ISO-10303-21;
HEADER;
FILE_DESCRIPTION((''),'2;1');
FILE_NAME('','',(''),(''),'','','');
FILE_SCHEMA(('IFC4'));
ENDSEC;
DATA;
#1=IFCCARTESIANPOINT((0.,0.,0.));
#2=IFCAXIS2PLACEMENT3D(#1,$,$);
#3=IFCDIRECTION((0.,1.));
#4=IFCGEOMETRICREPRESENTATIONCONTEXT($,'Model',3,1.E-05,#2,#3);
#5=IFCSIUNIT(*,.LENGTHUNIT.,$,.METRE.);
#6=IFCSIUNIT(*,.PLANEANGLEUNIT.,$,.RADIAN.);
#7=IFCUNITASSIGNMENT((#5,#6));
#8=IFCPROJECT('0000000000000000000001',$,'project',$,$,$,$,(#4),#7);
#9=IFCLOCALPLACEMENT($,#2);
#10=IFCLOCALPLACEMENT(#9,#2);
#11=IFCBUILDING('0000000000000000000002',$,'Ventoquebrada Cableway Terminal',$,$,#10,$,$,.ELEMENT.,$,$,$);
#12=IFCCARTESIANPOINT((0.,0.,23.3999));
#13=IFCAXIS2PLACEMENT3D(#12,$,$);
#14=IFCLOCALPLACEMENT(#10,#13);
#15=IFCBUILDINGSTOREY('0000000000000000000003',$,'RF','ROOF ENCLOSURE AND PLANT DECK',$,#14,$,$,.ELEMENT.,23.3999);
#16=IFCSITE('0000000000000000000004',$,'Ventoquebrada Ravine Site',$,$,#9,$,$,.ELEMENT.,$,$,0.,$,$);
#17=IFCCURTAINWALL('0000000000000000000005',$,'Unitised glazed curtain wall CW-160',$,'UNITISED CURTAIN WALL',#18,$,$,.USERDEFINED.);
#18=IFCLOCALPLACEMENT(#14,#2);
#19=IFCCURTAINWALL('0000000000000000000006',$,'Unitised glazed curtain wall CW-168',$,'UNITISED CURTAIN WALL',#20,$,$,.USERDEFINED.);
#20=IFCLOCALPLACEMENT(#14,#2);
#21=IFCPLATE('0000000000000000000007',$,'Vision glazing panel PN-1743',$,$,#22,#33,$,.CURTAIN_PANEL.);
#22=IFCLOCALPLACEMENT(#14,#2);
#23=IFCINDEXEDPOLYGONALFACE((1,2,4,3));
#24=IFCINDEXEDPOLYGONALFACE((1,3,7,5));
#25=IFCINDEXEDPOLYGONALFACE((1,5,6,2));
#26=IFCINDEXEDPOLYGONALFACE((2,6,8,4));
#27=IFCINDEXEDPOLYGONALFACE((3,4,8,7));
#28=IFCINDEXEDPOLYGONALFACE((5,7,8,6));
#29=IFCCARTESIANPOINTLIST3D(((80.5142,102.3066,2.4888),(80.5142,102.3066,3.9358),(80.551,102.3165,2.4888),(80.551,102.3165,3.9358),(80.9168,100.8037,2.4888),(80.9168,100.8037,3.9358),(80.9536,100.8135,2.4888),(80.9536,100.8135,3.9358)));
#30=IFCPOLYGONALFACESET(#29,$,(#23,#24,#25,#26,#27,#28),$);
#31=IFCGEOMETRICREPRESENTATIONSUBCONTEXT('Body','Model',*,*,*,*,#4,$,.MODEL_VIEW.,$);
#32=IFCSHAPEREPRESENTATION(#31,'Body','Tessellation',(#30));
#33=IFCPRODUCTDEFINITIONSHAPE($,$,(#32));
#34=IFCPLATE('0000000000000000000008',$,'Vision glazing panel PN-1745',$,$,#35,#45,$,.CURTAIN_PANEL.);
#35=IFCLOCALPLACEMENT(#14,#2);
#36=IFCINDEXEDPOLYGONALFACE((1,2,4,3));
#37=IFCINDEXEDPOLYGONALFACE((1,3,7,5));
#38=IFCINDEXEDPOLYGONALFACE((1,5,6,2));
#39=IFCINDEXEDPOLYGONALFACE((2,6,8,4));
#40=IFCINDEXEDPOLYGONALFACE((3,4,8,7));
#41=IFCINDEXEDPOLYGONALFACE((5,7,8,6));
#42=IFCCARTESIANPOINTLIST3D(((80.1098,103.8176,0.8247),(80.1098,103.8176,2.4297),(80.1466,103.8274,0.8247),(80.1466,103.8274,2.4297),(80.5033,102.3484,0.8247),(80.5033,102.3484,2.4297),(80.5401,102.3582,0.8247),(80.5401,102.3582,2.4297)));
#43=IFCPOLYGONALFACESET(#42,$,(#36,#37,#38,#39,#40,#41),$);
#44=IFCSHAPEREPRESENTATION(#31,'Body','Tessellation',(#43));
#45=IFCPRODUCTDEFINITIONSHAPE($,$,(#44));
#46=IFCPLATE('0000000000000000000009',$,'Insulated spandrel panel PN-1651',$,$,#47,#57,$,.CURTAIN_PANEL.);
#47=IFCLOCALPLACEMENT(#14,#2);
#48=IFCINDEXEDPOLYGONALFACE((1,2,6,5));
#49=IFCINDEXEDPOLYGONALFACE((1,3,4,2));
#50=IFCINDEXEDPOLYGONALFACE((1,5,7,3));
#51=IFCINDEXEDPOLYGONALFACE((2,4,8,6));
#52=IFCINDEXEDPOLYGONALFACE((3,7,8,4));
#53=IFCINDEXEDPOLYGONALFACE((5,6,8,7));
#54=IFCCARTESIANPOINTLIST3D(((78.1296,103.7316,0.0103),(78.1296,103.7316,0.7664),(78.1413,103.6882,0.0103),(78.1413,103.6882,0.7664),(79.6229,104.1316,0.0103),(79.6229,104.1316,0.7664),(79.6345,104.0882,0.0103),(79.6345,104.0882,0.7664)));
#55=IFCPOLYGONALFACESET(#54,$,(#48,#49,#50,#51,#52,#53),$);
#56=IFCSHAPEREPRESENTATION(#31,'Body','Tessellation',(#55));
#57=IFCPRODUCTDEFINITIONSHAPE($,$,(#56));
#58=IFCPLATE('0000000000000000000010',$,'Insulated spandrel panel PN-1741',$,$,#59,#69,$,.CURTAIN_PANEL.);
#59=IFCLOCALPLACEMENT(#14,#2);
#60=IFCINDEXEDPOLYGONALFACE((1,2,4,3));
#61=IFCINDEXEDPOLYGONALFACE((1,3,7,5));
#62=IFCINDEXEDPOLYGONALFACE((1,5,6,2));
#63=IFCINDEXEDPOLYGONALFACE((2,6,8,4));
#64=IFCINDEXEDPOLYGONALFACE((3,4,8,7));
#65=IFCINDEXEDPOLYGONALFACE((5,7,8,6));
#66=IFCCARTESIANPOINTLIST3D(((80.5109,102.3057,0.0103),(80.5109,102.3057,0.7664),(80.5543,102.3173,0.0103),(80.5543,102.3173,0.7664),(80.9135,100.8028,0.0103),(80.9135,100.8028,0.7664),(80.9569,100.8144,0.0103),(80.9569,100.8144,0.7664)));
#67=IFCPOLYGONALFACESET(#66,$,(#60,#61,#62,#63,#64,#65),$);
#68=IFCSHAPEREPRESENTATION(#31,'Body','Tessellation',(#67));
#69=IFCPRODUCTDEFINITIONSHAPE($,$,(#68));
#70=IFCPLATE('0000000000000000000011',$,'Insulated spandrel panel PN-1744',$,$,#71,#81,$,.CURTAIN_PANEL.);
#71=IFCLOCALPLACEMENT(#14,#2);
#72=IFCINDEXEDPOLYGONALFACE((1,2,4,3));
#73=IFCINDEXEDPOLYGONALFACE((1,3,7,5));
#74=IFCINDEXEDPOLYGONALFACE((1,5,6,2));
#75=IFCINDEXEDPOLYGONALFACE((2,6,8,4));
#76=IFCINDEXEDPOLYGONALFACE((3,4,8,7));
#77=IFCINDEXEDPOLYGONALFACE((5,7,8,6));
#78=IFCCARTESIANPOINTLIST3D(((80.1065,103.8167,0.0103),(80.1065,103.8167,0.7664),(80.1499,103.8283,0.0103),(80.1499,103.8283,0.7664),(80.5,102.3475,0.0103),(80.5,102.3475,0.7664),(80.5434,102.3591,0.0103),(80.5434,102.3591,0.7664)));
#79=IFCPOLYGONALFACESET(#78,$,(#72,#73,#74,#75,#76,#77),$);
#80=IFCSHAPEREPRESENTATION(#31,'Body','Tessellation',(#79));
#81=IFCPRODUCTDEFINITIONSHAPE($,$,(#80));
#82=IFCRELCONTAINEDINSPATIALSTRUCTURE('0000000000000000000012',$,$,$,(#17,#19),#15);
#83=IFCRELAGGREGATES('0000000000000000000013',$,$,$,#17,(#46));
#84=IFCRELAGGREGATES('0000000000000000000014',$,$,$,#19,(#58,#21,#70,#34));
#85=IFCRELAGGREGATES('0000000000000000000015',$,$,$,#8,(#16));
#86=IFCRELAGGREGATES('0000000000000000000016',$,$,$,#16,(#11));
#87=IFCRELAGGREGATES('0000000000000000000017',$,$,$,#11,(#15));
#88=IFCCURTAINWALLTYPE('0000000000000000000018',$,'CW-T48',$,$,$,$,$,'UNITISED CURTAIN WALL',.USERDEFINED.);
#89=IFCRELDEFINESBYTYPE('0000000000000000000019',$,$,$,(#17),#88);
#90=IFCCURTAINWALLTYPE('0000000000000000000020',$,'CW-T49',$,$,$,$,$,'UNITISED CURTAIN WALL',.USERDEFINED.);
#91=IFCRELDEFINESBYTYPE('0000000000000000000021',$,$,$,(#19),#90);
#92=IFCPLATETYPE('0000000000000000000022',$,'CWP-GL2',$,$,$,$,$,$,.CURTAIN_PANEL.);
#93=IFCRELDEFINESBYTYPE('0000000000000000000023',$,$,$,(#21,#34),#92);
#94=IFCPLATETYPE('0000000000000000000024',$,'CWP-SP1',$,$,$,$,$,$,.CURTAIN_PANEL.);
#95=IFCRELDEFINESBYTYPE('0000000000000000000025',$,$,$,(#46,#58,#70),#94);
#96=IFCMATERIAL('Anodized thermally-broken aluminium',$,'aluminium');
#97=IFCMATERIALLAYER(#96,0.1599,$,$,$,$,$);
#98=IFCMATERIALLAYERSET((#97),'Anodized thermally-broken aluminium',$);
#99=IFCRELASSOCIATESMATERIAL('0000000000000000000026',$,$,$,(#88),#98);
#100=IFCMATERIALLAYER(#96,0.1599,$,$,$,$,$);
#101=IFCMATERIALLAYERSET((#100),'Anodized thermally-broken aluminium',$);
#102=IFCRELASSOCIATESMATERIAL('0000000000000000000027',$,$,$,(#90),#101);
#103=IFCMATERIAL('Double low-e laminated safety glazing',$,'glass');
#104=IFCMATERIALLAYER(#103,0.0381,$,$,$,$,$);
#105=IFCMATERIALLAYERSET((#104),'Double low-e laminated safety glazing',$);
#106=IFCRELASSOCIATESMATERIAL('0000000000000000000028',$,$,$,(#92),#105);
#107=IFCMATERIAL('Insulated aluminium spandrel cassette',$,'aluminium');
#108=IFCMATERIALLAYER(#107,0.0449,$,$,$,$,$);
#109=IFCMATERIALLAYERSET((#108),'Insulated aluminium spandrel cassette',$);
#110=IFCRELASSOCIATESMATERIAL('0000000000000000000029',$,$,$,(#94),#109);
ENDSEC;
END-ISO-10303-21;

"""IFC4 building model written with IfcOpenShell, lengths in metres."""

from ifc_helpers import new_model, si_unit, direction, frame, origin, origin_2d, place, context, subcontext, project, spatial, rectangle, extrude, material, layer, layer_set, type_object, element, aggregate, save


model = new_model("IFC4")

# Units and contexts
model_context = context("Model", 3, precision=1e-05, world=origin(), true_north=direction((0.0, 1.0)))
body_context = subcontext(model_context, "Body", "Model", "MODEL_VIEW")
ifc_project = project(units=[si_unit("LENGTHUNIT", "METRE"), si_unit("PLANEANGLEUNIT", "RADIAN")], contexts=[model_context])

# Site, building, storey
site_placement = place(None, origin())
site = spatial("IfcSite", under=ifc_project, at=site_placement, Name="Ventoquebrada Ravine Site", CompositionType="ELEMENT", RefElevation=0.0)
building_placement = place(site_placement, origin())
building = spatial("IfcBuilding", under=site, at=building_placement, Name="Ventoquebrada Cableway Terminal", CompositionType="ELEMENT")
storey_placement = place(building_placement, frame((0.0, 0.0, 23.3999)))
storey = spatial("IfcBuildingStorey", under=building, at=storey_placement, Name="RF", Description="ROOF ENCLOSURE AND PLANT DECK", CompositionType="ELEMENT", Elevation=23.3999)

# Curtain wall
ifc_material_1 = material(Name="Anodized thermally-broken aluminium", Category="aluminium")
ifc_layer_1 = layer(ifc_material_1, 0.1599)
ifc_layer_set_1 = layer_set([ifc_layer_1], Name="Anodized thermally-broken aluminium")
curtain_wall_type_1 = type_object("IfcCurtainWallType", Name="CW-T48", ElementType="UNITISED CURTAIN WALL", PredefinedType="USERDEFINED", material=ifc_layer_set_1)
curtain_wall_1_placement = place(storey_placement, origin())
curtain_wall_1 = element("IfcCurtainWall", 1, at=curtain_wall_1_placement, inside=storey, type_object=curtain_wall_type_1, Name="Unitised glazed curtain wall CW-160", ObjectType="UNITISED CURTAIN WALL", PredefinedType="USERDEFINED")

# Curtain wall
ifc_layer_2 = layer(ifc_material_1, 0.1599)
ifc_layer_set_2 = layer_set([ifc_layer_2], Name="Anodized thermally-broken aluminium")
curtain_wall_type_2 = type_object("IfcCurtainWallType", Name="CW-T49", ElementType="UNITISED CURTAIN WALL", PredefinedType="USERDEFINED", material=ifc_layer_set_2)
curtain_wall_2_placement = place(storey_placement, origin())
curtain_wall_2 = element("IfcCurtainWall", 2, at=curtain_wall_2_placement, inside=storey, type_object=curtain_wall_type_2, Name="Unitised glazed curtain wall CW-168", ObjectType="UNITISED CURTAIN WALL", PredefinedType="USERDEFINED")

# Plates
ifc_material_2 = material(Name="Double low-e laminated safety glazing", Category="glass")
ifc_layer_3 = layer(ifc_material_2, 0.0381)
ifc_layer_set_3 = layer_set([ifc_layer_3], Name="Double low-e laminated safety glazing")
plate_type_1 = type_object("IfcPlateType", Name="CWP-GL2", PredefinedType="CURTAIN_PANEL", material=ifc_layer_set_3)
plate_1_placement = place(storey_placement, frame((80.7339, 101.5601, 2.4888), z_axis=(0.0, 0.0, 1.0), x_axis=(-0.258718, 0.965953, 0.0)))
plate_1 = element("IfcPlate", 3, at=plate_1_placement, type_object=plate_type_1, Name="Vision glazing panel PN-1743", PredefinedType="CURTAIN_PANEL", context=body_context, shape_type="SweptSolid", body=[
    extrude(rectangle(XDim=1.5559, YDim=0.0381, at=origin_2d()), origin(), (0.0, 0.0, 1.0), 1.447),
])
plate_2_placement = place(storey_placement, frame((80.325, 103.0879, 0.8247), z_axis=(0.0, 0.0, 1.0), x_axis=(-0.258718, 0.965953, 0.0)))
plate_2 = element("IfcPlate", 4, at=plate_2_placement, type_object=plate_type_1, Name="Vision glazing panel PN-1745", PredefinedType="CURTAIN_PANEL", context=body_context, shape_type="SweptSolid", body=[
    extrude(rectangle(XDim=1.521, YDim=0.0381, at=origin_2d()), origin(), (0.0, 0.0, 1.0), 1.605),
])
ifc_material_3 = material(Name="Insulated aluminium spandrel cassette", Category="aluminium")
ifc_layer_4 = layer(ifc_material_3, 0.0449)
ifc_layer_set_4 = layer_set([ifc_layer_4], Name="Insulated aluminium spandrel cassette")
plate_type_2 = type_object("IfcPlateType", Name="CWP-SP1", PredefinedType="CURTAIN_PANEL", material=ifc_layer_set_4)
plate_3_placement = place(storey_placement, frame((78.8821, 103.9099, 0.0103), z_axis=(0.0, 0.0, 1.0), x_axis=(-0.965944, -0.258752, 0.0)))
plate_3 = element("IfcPlate", 5, at=plate_3_placement, type_object=plate_type_2, Name="Insulated spandrel panel PN-1651", PredefinedType="CURTAIN_PANEL", context=body_context, shape_type="SweptSolid", body=[
    extrude(rectangle(XDim=1.5459, YDim=0.0449, at=origin_2d()), origin(), (0.0, 0.0, 1.0), 0.7561),
])
aggregate(curtain_wall_1, [plate_3])
plate_4_placement = place(storey_placement, frame((80.7339, 101.5601, 0.0103), z_axis=(0.0, 0.0, 1.0), x_axis=(-0.258718, 0.965953, 0.0)))
plate_4 = element("IfcPlate", 6, at=plate_4_placement, type_object=plate_type_2, Name="Insulated spandrel panel PN-1741", PredefinedType="CURTAIN_PANEL", context=body_context, shape_type="SweptSolid", body=[
    extrude(rectangle(XDim=1.5559, YDim=0.0449, at=origin_2d()), origin(), (0.0, 0.0, 1.0), 0.7561),
])
plate_5_placement = place(storey_placement, frame((80.325, 103.0879, 0.0103), z_axis=(0.0, 0.0, 1.0), x_axis=(-0.258718, 0.965953, 0.0)))
plate_5 = element("IfcPlate", 7, at=plate_5_placement, type_object=plate_type_2, Name="Insulated spandrel panel PN-1744", PredefinedType="CURTAIN_PANEL", context=body_context, shape_type="SweptSolid", body=[
    extrude(rectangle(XDim=1.521, YDim=0.0449, at=origin_2d()), origin(), (0.0, 0.0, 1.0), 0.7561),
])
aggregate(curtain_wall_2, [plate_4, plate_1, plate_5, plate_2])

save(model, "model.ifc")
